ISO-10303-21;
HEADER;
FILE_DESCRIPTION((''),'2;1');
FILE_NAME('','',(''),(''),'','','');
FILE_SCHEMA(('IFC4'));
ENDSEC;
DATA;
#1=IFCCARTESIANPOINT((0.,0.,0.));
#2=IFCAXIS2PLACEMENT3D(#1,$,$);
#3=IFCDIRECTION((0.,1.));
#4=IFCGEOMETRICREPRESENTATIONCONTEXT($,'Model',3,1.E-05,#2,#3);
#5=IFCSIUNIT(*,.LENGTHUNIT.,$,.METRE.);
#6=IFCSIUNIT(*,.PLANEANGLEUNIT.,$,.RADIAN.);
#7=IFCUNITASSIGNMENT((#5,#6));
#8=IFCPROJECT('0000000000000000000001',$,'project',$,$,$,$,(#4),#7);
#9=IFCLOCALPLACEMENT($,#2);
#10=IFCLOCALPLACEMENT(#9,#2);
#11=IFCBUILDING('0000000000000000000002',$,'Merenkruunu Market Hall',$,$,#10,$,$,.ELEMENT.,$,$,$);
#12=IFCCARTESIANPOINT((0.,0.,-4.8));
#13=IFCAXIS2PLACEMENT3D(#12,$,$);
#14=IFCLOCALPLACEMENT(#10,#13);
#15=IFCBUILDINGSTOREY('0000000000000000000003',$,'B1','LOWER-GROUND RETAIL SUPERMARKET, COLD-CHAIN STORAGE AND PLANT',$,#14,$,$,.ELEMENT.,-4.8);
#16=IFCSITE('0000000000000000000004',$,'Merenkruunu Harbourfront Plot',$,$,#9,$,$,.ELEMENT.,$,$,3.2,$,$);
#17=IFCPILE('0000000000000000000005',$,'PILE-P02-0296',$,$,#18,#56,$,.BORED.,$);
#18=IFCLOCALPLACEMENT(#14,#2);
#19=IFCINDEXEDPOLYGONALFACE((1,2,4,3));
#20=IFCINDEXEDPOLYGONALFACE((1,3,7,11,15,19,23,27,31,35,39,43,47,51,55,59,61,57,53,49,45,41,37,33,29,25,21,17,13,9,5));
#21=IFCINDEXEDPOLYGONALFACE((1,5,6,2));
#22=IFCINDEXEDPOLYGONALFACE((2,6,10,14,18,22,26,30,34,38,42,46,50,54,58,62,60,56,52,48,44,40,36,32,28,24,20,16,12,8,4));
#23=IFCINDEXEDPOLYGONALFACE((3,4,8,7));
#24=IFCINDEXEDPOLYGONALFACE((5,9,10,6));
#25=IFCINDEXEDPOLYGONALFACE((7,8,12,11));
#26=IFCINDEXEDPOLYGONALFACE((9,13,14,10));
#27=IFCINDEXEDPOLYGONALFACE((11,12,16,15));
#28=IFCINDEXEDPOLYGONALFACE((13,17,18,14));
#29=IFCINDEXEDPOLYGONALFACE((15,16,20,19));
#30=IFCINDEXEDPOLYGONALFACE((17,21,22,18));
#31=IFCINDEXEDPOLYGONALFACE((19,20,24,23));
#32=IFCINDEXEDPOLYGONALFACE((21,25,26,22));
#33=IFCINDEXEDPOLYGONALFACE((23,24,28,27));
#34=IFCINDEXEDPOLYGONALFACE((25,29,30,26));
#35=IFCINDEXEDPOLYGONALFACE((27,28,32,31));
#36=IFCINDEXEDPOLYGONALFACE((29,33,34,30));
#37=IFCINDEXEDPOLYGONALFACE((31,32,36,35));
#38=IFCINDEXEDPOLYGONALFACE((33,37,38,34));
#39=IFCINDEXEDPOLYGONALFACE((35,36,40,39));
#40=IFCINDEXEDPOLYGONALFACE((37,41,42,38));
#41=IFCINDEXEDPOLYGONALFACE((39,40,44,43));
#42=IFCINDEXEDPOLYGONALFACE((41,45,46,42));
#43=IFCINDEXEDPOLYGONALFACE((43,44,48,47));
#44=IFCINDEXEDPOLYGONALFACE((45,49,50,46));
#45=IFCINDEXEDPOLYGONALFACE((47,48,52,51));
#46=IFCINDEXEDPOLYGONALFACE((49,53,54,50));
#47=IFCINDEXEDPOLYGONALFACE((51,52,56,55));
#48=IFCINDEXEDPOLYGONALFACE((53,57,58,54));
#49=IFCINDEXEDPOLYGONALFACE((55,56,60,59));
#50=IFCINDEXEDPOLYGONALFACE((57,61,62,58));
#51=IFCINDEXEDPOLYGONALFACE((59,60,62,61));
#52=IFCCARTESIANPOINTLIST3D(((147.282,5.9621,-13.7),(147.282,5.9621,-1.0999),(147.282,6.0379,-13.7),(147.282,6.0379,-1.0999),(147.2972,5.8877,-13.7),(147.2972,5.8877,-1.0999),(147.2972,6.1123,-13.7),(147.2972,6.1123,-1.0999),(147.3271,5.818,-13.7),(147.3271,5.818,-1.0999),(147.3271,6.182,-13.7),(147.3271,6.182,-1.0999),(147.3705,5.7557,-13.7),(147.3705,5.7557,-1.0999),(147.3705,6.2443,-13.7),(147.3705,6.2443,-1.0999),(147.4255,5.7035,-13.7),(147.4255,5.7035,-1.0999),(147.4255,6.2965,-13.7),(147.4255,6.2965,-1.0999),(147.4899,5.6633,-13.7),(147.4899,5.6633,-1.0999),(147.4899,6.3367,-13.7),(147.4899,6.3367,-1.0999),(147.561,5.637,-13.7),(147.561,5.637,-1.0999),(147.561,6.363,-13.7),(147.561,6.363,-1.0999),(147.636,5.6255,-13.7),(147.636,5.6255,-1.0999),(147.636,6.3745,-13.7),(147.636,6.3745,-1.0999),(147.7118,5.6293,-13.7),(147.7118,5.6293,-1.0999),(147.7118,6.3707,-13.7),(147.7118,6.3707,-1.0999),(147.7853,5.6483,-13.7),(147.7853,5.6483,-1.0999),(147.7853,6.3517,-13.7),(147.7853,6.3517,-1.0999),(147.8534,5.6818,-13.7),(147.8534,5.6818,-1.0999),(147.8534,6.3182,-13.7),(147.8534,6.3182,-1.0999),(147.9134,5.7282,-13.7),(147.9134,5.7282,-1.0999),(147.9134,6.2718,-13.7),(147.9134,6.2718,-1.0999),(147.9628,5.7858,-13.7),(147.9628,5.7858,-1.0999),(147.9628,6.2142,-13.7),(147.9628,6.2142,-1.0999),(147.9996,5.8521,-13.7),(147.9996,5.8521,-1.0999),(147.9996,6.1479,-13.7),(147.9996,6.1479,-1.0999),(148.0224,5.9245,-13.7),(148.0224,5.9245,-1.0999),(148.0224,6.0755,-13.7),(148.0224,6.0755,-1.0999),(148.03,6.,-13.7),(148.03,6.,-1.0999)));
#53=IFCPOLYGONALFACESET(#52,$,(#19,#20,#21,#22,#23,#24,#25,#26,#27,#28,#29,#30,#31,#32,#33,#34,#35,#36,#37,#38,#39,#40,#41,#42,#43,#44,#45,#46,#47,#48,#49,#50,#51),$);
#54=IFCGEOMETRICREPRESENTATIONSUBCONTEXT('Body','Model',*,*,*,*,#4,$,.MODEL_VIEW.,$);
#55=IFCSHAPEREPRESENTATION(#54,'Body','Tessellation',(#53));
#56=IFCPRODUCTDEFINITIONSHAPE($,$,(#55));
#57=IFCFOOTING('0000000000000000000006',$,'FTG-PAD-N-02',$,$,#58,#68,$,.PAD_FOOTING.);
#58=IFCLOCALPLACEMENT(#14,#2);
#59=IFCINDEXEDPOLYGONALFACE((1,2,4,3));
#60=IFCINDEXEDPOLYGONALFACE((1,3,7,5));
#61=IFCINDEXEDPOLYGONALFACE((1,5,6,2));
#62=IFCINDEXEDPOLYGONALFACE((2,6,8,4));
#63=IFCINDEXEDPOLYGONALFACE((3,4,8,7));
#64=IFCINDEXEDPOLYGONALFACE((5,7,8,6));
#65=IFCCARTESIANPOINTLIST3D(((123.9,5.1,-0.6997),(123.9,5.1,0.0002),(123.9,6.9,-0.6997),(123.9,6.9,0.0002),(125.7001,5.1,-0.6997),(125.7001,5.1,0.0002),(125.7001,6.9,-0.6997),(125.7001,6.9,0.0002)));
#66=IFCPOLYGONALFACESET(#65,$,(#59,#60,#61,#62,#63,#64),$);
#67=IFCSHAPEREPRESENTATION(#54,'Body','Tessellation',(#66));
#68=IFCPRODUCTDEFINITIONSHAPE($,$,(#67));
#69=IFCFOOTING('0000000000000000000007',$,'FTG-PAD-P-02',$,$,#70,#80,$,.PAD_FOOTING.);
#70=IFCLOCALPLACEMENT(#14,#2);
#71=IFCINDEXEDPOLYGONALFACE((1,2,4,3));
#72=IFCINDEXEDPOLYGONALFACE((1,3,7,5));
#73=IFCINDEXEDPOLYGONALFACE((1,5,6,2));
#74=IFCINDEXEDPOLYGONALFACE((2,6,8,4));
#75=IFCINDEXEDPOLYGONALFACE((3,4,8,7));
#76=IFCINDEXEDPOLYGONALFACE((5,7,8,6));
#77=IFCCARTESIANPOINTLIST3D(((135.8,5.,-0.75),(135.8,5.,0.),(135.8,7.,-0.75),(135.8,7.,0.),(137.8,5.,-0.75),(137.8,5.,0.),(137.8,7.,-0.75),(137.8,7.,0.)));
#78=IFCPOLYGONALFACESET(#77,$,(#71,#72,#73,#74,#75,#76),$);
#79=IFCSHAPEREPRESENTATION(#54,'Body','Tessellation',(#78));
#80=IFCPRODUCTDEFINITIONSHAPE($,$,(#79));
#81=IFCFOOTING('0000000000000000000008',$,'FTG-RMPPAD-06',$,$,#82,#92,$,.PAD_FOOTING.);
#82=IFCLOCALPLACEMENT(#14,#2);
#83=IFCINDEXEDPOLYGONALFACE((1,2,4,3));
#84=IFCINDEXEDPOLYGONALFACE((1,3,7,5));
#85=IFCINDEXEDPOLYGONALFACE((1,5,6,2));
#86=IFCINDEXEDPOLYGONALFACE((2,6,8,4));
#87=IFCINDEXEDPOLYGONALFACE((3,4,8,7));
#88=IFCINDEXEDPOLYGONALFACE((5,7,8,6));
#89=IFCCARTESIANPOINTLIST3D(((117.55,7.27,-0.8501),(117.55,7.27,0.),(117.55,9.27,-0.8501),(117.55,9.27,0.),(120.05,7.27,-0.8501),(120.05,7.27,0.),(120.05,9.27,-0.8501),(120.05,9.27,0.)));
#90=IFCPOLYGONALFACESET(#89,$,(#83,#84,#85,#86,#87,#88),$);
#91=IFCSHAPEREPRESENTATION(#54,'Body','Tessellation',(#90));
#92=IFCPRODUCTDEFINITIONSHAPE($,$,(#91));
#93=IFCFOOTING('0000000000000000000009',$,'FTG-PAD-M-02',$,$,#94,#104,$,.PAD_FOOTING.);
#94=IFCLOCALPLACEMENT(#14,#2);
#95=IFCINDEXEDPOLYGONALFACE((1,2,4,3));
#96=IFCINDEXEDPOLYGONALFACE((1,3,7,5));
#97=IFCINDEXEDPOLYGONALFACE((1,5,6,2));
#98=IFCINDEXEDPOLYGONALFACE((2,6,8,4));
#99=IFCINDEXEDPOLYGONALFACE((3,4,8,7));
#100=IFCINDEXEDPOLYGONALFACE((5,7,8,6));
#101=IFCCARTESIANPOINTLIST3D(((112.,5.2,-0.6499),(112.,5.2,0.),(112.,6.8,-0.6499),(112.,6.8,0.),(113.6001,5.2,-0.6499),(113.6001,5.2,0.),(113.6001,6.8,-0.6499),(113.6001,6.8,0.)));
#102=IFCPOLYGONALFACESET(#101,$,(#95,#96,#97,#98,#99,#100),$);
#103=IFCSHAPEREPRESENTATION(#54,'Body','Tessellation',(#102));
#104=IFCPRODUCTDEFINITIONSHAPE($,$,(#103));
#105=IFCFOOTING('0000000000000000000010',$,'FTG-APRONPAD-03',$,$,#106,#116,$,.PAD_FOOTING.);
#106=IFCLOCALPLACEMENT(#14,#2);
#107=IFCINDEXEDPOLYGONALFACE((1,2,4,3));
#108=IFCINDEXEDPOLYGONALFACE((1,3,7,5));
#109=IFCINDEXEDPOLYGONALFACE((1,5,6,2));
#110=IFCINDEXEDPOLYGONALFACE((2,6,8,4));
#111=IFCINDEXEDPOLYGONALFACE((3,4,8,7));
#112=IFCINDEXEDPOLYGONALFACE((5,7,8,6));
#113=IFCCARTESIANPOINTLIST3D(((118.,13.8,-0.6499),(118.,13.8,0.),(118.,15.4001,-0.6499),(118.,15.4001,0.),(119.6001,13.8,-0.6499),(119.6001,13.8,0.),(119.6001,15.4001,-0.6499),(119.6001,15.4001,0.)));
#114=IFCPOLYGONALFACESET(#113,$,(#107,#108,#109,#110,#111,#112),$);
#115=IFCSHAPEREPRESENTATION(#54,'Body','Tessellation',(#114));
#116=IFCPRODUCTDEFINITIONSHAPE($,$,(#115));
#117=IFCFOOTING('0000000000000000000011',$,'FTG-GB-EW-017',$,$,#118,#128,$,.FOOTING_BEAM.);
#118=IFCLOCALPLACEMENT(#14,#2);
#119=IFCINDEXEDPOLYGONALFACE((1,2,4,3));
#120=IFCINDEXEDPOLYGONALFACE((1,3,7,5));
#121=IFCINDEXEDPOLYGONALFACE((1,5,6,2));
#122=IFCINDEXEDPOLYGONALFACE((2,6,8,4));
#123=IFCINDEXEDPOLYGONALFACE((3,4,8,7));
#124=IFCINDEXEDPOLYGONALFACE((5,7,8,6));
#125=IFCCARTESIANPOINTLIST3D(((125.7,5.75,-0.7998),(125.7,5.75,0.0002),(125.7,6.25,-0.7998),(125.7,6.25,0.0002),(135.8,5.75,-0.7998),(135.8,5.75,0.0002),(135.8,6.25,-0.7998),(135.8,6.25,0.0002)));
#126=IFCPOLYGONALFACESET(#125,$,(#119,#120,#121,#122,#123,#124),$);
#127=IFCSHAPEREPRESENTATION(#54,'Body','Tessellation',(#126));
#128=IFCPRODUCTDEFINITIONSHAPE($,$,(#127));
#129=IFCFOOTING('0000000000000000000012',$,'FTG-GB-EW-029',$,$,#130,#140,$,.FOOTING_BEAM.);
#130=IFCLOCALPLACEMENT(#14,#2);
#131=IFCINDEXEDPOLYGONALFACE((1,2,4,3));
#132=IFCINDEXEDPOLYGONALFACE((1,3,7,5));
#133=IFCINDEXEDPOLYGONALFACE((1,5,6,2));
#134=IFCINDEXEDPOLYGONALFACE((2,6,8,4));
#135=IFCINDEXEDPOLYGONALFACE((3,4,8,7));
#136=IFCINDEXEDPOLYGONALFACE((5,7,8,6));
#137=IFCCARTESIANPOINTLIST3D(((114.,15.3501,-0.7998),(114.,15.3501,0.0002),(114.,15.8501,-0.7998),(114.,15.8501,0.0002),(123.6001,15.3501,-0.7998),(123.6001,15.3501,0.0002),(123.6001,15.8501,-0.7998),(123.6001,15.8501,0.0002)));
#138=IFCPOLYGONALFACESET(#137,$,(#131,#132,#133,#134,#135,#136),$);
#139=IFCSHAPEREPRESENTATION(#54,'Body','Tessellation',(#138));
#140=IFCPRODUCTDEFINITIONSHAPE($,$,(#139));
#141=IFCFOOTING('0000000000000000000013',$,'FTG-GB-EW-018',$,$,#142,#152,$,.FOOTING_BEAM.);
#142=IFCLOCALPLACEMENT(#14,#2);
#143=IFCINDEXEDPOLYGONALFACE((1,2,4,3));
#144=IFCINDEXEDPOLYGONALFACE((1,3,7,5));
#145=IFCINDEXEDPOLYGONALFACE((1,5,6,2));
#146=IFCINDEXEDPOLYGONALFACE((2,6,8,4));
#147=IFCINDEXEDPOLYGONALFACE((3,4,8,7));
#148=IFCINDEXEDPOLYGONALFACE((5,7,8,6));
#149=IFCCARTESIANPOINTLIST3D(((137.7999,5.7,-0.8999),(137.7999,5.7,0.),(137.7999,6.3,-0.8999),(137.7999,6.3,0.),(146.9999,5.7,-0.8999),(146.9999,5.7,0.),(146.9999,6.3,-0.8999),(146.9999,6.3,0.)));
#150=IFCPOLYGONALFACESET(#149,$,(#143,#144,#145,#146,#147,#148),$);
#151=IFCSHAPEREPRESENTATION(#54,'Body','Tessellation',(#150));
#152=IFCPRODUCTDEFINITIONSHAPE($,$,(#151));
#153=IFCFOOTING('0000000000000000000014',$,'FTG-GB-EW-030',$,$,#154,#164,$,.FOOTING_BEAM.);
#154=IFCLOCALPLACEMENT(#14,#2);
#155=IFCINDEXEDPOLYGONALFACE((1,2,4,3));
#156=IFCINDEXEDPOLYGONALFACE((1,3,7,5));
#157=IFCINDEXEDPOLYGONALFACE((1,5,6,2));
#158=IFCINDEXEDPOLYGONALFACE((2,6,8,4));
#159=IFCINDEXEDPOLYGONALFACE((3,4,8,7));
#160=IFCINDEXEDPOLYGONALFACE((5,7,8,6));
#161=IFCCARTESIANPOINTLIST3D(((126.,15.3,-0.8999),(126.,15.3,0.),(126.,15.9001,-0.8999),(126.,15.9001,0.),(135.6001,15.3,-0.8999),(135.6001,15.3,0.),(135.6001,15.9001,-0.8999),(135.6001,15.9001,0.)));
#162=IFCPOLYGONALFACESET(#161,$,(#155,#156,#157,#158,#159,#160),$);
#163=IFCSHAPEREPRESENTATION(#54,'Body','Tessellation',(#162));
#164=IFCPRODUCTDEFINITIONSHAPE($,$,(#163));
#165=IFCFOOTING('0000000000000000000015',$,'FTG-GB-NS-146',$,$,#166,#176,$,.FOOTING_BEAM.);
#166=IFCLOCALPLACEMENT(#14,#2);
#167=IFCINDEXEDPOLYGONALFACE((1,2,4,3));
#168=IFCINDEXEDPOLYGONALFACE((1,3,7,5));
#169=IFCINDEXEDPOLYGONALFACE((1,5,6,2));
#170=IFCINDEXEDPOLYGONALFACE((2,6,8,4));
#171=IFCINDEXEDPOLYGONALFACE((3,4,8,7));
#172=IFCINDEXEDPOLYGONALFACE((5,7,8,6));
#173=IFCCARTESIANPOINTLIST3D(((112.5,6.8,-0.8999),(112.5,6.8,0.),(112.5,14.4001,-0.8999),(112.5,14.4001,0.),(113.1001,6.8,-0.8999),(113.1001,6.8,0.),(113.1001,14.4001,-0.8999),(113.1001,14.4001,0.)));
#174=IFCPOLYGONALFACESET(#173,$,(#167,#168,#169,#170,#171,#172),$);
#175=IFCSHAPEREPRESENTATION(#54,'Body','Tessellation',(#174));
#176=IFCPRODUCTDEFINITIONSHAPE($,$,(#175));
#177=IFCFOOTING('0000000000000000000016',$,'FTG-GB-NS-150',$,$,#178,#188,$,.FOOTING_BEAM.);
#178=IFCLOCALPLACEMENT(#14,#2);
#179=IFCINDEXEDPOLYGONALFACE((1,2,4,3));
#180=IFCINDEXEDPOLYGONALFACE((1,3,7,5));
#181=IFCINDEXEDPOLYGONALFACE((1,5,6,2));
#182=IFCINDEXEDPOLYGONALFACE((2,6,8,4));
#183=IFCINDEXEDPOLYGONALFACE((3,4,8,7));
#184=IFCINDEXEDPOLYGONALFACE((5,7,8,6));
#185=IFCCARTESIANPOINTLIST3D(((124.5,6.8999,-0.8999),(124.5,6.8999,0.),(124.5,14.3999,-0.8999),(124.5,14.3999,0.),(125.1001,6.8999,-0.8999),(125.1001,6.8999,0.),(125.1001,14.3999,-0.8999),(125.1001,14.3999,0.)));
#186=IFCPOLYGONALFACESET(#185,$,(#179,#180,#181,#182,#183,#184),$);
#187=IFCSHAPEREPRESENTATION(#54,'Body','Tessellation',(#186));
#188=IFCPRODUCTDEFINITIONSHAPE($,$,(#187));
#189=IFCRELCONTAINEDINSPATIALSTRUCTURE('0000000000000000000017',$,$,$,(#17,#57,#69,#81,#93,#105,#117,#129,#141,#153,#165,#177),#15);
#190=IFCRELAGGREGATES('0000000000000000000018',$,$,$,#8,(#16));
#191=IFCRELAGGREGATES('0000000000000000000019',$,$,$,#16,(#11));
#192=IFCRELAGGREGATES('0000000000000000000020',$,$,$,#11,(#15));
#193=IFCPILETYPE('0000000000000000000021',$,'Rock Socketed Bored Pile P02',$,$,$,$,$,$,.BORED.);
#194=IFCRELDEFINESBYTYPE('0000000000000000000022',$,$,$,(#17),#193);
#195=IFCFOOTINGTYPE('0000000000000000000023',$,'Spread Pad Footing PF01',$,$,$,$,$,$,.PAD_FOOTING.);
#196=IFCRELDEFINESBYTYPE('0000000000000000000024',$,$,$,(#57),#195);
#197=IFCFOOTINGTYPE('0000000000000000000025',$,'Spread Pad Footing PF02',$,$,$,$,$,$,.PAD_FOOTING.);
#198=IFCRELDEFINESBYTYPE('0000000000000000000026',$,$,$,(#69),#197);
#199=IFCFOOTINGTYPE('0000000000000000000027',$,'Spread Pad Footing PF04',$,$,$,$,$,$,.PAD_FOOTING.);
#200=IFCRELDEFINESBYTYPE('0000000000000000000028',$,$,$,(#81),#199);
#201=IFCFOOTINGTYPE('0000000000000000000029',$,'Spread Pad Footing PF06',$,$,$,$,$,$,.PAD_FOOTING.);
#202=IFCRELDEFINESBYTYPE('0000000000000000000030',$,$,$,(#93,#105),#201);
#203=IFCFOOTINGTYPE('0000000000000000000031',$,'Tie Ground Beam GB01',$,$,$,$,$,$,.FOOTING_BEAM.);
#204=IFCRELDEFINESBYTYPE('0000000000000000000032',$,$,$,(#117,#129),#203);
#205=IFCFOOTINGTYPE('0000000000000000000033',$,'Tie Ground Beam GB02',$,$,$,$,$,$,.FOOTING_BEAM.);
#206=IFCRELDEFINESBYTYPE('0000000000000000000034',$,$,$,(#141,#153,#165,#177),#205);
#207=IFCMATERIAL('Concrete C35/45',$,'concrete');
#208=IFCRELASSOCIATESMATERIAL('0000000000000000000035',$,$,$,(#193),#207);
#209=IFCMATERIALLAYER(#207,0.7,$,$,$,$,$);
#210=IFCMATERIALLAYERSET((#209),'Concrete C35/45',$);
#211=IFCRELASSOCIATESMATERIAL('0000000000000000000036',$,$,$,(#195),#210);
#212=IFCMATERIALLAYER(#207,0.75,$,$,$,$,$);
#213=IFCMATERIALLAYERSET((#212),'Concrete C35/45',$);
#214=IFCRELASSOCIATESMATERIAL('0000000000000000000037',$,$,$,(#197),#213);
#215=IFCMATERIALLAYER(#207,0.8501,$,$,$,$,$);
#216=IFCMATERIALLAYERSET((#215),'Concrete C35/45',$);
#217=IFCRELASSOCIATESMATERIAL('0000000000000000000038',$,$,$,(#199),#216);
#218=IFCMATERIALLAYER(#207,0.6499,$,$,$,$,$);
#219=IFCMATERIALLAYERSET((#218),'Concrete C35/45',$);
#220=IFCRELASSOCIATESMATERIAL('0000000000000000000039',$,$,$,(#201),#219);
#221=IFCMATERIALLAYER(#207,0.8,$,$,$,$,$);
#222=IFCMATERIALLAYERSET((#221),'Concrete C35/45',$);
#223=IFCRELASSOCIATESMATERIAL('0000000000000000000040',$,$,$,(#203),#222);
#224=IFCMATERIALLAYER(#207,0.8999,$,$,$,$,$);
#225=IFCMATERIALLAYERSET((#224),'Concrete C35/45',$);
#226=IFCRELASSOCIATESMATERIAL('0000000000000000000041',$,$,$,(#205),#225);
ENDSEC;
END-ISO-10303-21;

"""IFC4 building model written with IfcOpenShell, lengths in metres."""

from ifc_helpers import new_model, si_unit, direction, frame, origin, origin_2d, place, context, subcontext, project, spatial, rectangle, circle, extrude, material, layer, layer_set, material_profile, profile_set, type_object, element, save


model = new_model("IFC4")

# Units and contexts
model_context = context("Model", 3, precision=1e-05, world=origin(), true_north=direction((0.0, 1.0)))
body_context = subcontext(model_context, "Body", "Model", "MODEL_VIEW")
ifc_project = project(units=[si_unit("LENGTHUNIT", "METRE"), si_unit("PLANEANGLEUNIT", "RADIAN")], contexts=[model_context])

# Site, building, storey
site_placement = place(None, origin())
site = spatial("IfcSite", under=ifc_project, at=site_placement, Name="Merenkruunu Harbourfront Plot", CompositionType="ELEMENT", RefElevation=3.2)
building_placement = place(site_placement, origin())
building = spatial("IfcBuilding", under=site, at=building_placement, Name="Merenkruunu Market Hall", CompositionType="ELEMENT")
storey_placement = place(building_placement, frame((0.0, 0.0, -4.8)))
storey = spatial("IfcBuildingStorey", under=building, at=storey_placement, Name="B1", Description="LOWER-GROUND RETAIL SUPERMARKET, COLD-CHAIN STORAGE AND PLANT", CompositionType="ELEMENT", Elevation=-4.8)

# Shared definitions
ifc_material = material(Name="Concrete C35/45", Category="concrete")

# Pile
ifc_material_profile_1 = material_profile(ifc_material, circle(Radius=0.375, at=origin_2d()), Name="BORED PILE 750")
ifc_profile_set_1 = profile_set([ifc_material_profile_1], Name="Concrete C35/45")
pile_type_1 = type_object("IfcPileType", Name="Rock Socketed Bored Pile P02", PredefinedType="BORED", material=ifc_profile_set_1)
for number, where, z_axis, x_axis, name in (
    (1, (147.655, 6.0, -1.0999), (0.0, 0.0, -1.0), (1.0, 0.0, 0.0), "PILE-P02-0296"),
):
    element("IfcPile", number, at=place(storey_placement, frame(where, z_axis=z_axis, x_axis=x_axis)), inside=storey, type_object=pile_type_1, Name=name, PredefinedType="BORED", context=body_context, shape_type="SweptSolid", body=[
        extrude(circle(Radius=0.375, at=origin_2d()), origin(), (0.0, 0.0, 1.0), 12.6001),
    ])

# Footings
ifc_layer_1 = layer(ifc_material, 0.7)
ifc_layer_set_1 = layer_set([ifc_layer_1], Name="Concrete C35/45")
footing_type_1 = type_object("IfcFootingType", Name="Spread Pad Footing PF01", PredefinedType="PAD_FOOTING", material=ifc_layer_set_1)
footing_1_placement = place(storey_placement, frame((124.8, 6.0, -0.6997), z_axis=(0.0, 0.0, 1.0), x_axis=(1.0, 0.0, 0.0)))
element("IfcFooting", 2, at=footing_1_placement, inside=storey, type_object=footing_type_1, Name="FTG-PAD-N-02", PredefinedType="PAD_FOOTING", context=body_context, shape_type="SweptSolid", body=[
    extrude(rectangle(XDim=1.8, YDim=1.8, at=origin_2d()), origin(), (0.0, 0.0, 1.0), 0.7),
])
ifc_layer_2 = layer(ifc_material, 0.75)
ifc_layer_set_2 = layer_set([ifc_layer_2], Name="Concrete C35/45")
footing_type_2 = type_object("IfcFootingType", Name="Spread Pad Footing PF02", PredefinedType="PAD_FOOTING", material=ifc_layer_set_2)
footing_2_placement = place(storey_placement, frame((136.8, 6.0, -0.75), z_axis=(0.0, 0.0, 1.0), x_axis=(1.0, 0.0, 0.0)))
element("IfcFooting", 3, at=footing_2_placement, inside=storey, type_object=footing_type_2, Name="FTG-PAD-P-02", PredefinedType="PAD_FOOTING", context=body_context, shape_type="SweptSolid", body=[
    extrude(rectangle(XDim=2.0, YDim=2.0, at=origin_2d()), origin(), (0.0, 0.0, 1.0), 0.75),
])
ifc_layer_3 = layer(ifc_material, 0.8501)
ifc_layer_set_3 = layer_set([ifc_layer_3], Name="Concrete C35/45")
footing_type_3 = type_object("IfcFootingType", Name="Spread Pad Footing PF04", PredefinedType="PAD_FOOTING", material=ifc_layer_set_3)
footing_3_placement = place(storey_placement, frame((118.8, 8.27, -0.8501), z_axis=(0.0, 0.0, 1.0), x_axis=(1.0, 0.0, 0.0)))
element("IfcFooting", 4, at=footing_3_placement, inside=storey, type_object=footing_type_3, Name="FTG-RMPPAD-06", PredefinedType="PAD_FOOTING", context=body_context, shape_type="SweptSolid", body=[
    extrude(rectangle(XDim=2.5, YDim=2.0, at=origin_2d()), origin(), (0.0, 0.0, 1.0), 0.8501),
])
ifc_layer_4 = layer(ifc_material, 0.6499)
ifc_layer_set_4 = layer_set([ifc_layer_4], Name="Concrete C35/45")
footing_type_4 = type_object("IfcFootingType", Name="Spread Pad Footing PF06", PredefinedType="PAD_FOOTING", material=ifc_layer_set_4)
for number, where, z_axis, x_axis, name in (
    (5, (112.8, 6.0, -0.6499), (0.0, 0.0, 1.0), (1.0, 0.0, 0.0), "FTG-PAD-M-02"),
    (6, (118.8, 14.6001, -0.6499), (0.0, 0.0, 1.0), (1.0, 0.0, 0.0), "FTG-APRONPAD-03"),
):
    element("IfcFooting", number, at=place(storey_placement, frame(where, z_axis=z_axis, x_axis=x_axis)), inside=storey, type_object=footing_type_4, Name=name, PredefinedType="PAD_FOOTING", context=body_context, shape_type="SweptSolid", body=[
        extrude(rectangle(XDim=1.6001, YDim=1.6001, at=origin_2d()), origin(), (0.0, 0.0, 1.0), 0.6499),
    ])
ifc_layer_5 = layer(ifc_material, 0.8)
ifc_layer_set_5 = layer_set([ifc_layer_5], Name="Concrete C35/45")
footing_type_5 = type_object("IfcFootingType", Name="Tie Ground Beam GB01", PredefinedType="FOOTING_BEAM", material=ifc_layer_set_5)
footing_4_placement = place(storey_placement, frame((130.75, 6.0, -0.7998), z_axis=(0.0, 0.0, 1.0), x_axis=(1.0, 0.0, 0.0)))
element("IfcFooting", 7, at=footing_4_placement, inside=storey, type_object=footing_type_5, Name="FTG-GB-EW-017", PredefinedType="FOOTING_BEAM", context=body_context, shape_type="SweptSolid", body=[
    extrude(rectangle(XDim=10.1001, YDim=0.5, at=origin_2d()), origin(), (0.0, 0.0, 1.0), 0.8),
])
footing_5_placement = place(storey_placement, frame((118.8, 15.6001, -0.7998), z_axis=(0.0, 0.0, 1.0), x_axis=(1.0, 0.0, 0.0)))
element("IfcFooting", 8, at=footing_5_placement, inside=storey, type_object=footing_type_5, Name="FTG-GB-EW-029", PredefinedType="FOOTING_BEAM", context=body_context, shape_type="SweptSolid", body=[
    extrude(rectangle(XDim=9.6001, YDim=0.5, at=origin_2d()), origin(), (0.0, 0.0, 1.0), 0.8),
])
ifc_layer_6 = layer(ifc_material, 0.8999)
ifc_layer_set_6 = layer_set([ifc_layer_6], Name="Concrete C35/45")
footing_type_6 = type_object("IfcFootingType", Name="Tie Ground Beam GB02", PredefinedType="FOOTING_BEAM", material=ifc_layer_set_6)
footing_6_placement = place(storey_placement, frame((142.3999, 6.0, -0.8999), z_axis=(0.0, 0.0, 1.0), x_axis=(1.0, 0.0, 0.0)))
element("IfcFooting", 9, at=footing_6_placement, inside=storey, type_object=footing_type_6, Name="FTG-GB-EW-018", PredefinedType="FOOTING_BEAM", context=body_context, shape_type="SweptSolid", body=[
    extrude(rectangle(XDim=9.2, YDim=0.6001, at=origin_2d()), origin(), (0.0, 0.0, 1.0), 0.8999),
])
footing_7_placement = place(storey_placement, frame((130.8, 15.6001, -0.8999), z_axis=(0.0, 0.0, 1.0), x_axis=(1.0, 0.0, 0.0)))
element("IfcFooting", 10, at=footing_7_placement, inside=storey, type_object=footing_type_6, Name="FTG-GB-EW-030", PredefinedType="FOOTING_BEAM", context=body_context, shape_type="SweptSolid", body=[
    extrude(rectangle(XDim=9.6001, YDim=0.6001, at=origin_2d()), origin(), (0.0, 0.0, 1.0), 0.8999),
])
footing_8_placement = place(storey_placement, frame((112.8, 10.6001, -0.8999), z_axis=(0.0, 0.0, 1.0), x_axis=(0.0, 1.0, 0.0)))
element("IfcFooting", 11, at=footing_8_placement, inside=storey, type_object=footing_type_6, Name="FTG-GB-NS-146", PredefinedType="FOOTING_BEAM", context=body_context, shape_type="SweptSolid", body=[
    extrude(rectangle(XDim=7.6001, YDim=0.6001, at=origin_2d()), origin(), (0.0, 0.0, 1.0), 0.8999),
])
footing_9_placement = place(storey_placement, frame((124.8, 10.6499, -0.8999), z_axis=(0.0, 0.0, 1.0), x_axis=(0.0, 1.0, 0.0)))
element("IfcFooting", 12, at=footing_9_placement, inside=storey, type_object=footing_type_6, Name="FTG-GB-NS-150", PredefinedType="FOOTING_BEAM", context=body_context, shape_type="SweptSolid", body=[
    extrude(rectangle(XDim=7.5, YDim=0.6001, at=origin_2d()), origin(), (0.0, 0.0, 1.0), 0.8999),
])

save(model, "model.ifc")
